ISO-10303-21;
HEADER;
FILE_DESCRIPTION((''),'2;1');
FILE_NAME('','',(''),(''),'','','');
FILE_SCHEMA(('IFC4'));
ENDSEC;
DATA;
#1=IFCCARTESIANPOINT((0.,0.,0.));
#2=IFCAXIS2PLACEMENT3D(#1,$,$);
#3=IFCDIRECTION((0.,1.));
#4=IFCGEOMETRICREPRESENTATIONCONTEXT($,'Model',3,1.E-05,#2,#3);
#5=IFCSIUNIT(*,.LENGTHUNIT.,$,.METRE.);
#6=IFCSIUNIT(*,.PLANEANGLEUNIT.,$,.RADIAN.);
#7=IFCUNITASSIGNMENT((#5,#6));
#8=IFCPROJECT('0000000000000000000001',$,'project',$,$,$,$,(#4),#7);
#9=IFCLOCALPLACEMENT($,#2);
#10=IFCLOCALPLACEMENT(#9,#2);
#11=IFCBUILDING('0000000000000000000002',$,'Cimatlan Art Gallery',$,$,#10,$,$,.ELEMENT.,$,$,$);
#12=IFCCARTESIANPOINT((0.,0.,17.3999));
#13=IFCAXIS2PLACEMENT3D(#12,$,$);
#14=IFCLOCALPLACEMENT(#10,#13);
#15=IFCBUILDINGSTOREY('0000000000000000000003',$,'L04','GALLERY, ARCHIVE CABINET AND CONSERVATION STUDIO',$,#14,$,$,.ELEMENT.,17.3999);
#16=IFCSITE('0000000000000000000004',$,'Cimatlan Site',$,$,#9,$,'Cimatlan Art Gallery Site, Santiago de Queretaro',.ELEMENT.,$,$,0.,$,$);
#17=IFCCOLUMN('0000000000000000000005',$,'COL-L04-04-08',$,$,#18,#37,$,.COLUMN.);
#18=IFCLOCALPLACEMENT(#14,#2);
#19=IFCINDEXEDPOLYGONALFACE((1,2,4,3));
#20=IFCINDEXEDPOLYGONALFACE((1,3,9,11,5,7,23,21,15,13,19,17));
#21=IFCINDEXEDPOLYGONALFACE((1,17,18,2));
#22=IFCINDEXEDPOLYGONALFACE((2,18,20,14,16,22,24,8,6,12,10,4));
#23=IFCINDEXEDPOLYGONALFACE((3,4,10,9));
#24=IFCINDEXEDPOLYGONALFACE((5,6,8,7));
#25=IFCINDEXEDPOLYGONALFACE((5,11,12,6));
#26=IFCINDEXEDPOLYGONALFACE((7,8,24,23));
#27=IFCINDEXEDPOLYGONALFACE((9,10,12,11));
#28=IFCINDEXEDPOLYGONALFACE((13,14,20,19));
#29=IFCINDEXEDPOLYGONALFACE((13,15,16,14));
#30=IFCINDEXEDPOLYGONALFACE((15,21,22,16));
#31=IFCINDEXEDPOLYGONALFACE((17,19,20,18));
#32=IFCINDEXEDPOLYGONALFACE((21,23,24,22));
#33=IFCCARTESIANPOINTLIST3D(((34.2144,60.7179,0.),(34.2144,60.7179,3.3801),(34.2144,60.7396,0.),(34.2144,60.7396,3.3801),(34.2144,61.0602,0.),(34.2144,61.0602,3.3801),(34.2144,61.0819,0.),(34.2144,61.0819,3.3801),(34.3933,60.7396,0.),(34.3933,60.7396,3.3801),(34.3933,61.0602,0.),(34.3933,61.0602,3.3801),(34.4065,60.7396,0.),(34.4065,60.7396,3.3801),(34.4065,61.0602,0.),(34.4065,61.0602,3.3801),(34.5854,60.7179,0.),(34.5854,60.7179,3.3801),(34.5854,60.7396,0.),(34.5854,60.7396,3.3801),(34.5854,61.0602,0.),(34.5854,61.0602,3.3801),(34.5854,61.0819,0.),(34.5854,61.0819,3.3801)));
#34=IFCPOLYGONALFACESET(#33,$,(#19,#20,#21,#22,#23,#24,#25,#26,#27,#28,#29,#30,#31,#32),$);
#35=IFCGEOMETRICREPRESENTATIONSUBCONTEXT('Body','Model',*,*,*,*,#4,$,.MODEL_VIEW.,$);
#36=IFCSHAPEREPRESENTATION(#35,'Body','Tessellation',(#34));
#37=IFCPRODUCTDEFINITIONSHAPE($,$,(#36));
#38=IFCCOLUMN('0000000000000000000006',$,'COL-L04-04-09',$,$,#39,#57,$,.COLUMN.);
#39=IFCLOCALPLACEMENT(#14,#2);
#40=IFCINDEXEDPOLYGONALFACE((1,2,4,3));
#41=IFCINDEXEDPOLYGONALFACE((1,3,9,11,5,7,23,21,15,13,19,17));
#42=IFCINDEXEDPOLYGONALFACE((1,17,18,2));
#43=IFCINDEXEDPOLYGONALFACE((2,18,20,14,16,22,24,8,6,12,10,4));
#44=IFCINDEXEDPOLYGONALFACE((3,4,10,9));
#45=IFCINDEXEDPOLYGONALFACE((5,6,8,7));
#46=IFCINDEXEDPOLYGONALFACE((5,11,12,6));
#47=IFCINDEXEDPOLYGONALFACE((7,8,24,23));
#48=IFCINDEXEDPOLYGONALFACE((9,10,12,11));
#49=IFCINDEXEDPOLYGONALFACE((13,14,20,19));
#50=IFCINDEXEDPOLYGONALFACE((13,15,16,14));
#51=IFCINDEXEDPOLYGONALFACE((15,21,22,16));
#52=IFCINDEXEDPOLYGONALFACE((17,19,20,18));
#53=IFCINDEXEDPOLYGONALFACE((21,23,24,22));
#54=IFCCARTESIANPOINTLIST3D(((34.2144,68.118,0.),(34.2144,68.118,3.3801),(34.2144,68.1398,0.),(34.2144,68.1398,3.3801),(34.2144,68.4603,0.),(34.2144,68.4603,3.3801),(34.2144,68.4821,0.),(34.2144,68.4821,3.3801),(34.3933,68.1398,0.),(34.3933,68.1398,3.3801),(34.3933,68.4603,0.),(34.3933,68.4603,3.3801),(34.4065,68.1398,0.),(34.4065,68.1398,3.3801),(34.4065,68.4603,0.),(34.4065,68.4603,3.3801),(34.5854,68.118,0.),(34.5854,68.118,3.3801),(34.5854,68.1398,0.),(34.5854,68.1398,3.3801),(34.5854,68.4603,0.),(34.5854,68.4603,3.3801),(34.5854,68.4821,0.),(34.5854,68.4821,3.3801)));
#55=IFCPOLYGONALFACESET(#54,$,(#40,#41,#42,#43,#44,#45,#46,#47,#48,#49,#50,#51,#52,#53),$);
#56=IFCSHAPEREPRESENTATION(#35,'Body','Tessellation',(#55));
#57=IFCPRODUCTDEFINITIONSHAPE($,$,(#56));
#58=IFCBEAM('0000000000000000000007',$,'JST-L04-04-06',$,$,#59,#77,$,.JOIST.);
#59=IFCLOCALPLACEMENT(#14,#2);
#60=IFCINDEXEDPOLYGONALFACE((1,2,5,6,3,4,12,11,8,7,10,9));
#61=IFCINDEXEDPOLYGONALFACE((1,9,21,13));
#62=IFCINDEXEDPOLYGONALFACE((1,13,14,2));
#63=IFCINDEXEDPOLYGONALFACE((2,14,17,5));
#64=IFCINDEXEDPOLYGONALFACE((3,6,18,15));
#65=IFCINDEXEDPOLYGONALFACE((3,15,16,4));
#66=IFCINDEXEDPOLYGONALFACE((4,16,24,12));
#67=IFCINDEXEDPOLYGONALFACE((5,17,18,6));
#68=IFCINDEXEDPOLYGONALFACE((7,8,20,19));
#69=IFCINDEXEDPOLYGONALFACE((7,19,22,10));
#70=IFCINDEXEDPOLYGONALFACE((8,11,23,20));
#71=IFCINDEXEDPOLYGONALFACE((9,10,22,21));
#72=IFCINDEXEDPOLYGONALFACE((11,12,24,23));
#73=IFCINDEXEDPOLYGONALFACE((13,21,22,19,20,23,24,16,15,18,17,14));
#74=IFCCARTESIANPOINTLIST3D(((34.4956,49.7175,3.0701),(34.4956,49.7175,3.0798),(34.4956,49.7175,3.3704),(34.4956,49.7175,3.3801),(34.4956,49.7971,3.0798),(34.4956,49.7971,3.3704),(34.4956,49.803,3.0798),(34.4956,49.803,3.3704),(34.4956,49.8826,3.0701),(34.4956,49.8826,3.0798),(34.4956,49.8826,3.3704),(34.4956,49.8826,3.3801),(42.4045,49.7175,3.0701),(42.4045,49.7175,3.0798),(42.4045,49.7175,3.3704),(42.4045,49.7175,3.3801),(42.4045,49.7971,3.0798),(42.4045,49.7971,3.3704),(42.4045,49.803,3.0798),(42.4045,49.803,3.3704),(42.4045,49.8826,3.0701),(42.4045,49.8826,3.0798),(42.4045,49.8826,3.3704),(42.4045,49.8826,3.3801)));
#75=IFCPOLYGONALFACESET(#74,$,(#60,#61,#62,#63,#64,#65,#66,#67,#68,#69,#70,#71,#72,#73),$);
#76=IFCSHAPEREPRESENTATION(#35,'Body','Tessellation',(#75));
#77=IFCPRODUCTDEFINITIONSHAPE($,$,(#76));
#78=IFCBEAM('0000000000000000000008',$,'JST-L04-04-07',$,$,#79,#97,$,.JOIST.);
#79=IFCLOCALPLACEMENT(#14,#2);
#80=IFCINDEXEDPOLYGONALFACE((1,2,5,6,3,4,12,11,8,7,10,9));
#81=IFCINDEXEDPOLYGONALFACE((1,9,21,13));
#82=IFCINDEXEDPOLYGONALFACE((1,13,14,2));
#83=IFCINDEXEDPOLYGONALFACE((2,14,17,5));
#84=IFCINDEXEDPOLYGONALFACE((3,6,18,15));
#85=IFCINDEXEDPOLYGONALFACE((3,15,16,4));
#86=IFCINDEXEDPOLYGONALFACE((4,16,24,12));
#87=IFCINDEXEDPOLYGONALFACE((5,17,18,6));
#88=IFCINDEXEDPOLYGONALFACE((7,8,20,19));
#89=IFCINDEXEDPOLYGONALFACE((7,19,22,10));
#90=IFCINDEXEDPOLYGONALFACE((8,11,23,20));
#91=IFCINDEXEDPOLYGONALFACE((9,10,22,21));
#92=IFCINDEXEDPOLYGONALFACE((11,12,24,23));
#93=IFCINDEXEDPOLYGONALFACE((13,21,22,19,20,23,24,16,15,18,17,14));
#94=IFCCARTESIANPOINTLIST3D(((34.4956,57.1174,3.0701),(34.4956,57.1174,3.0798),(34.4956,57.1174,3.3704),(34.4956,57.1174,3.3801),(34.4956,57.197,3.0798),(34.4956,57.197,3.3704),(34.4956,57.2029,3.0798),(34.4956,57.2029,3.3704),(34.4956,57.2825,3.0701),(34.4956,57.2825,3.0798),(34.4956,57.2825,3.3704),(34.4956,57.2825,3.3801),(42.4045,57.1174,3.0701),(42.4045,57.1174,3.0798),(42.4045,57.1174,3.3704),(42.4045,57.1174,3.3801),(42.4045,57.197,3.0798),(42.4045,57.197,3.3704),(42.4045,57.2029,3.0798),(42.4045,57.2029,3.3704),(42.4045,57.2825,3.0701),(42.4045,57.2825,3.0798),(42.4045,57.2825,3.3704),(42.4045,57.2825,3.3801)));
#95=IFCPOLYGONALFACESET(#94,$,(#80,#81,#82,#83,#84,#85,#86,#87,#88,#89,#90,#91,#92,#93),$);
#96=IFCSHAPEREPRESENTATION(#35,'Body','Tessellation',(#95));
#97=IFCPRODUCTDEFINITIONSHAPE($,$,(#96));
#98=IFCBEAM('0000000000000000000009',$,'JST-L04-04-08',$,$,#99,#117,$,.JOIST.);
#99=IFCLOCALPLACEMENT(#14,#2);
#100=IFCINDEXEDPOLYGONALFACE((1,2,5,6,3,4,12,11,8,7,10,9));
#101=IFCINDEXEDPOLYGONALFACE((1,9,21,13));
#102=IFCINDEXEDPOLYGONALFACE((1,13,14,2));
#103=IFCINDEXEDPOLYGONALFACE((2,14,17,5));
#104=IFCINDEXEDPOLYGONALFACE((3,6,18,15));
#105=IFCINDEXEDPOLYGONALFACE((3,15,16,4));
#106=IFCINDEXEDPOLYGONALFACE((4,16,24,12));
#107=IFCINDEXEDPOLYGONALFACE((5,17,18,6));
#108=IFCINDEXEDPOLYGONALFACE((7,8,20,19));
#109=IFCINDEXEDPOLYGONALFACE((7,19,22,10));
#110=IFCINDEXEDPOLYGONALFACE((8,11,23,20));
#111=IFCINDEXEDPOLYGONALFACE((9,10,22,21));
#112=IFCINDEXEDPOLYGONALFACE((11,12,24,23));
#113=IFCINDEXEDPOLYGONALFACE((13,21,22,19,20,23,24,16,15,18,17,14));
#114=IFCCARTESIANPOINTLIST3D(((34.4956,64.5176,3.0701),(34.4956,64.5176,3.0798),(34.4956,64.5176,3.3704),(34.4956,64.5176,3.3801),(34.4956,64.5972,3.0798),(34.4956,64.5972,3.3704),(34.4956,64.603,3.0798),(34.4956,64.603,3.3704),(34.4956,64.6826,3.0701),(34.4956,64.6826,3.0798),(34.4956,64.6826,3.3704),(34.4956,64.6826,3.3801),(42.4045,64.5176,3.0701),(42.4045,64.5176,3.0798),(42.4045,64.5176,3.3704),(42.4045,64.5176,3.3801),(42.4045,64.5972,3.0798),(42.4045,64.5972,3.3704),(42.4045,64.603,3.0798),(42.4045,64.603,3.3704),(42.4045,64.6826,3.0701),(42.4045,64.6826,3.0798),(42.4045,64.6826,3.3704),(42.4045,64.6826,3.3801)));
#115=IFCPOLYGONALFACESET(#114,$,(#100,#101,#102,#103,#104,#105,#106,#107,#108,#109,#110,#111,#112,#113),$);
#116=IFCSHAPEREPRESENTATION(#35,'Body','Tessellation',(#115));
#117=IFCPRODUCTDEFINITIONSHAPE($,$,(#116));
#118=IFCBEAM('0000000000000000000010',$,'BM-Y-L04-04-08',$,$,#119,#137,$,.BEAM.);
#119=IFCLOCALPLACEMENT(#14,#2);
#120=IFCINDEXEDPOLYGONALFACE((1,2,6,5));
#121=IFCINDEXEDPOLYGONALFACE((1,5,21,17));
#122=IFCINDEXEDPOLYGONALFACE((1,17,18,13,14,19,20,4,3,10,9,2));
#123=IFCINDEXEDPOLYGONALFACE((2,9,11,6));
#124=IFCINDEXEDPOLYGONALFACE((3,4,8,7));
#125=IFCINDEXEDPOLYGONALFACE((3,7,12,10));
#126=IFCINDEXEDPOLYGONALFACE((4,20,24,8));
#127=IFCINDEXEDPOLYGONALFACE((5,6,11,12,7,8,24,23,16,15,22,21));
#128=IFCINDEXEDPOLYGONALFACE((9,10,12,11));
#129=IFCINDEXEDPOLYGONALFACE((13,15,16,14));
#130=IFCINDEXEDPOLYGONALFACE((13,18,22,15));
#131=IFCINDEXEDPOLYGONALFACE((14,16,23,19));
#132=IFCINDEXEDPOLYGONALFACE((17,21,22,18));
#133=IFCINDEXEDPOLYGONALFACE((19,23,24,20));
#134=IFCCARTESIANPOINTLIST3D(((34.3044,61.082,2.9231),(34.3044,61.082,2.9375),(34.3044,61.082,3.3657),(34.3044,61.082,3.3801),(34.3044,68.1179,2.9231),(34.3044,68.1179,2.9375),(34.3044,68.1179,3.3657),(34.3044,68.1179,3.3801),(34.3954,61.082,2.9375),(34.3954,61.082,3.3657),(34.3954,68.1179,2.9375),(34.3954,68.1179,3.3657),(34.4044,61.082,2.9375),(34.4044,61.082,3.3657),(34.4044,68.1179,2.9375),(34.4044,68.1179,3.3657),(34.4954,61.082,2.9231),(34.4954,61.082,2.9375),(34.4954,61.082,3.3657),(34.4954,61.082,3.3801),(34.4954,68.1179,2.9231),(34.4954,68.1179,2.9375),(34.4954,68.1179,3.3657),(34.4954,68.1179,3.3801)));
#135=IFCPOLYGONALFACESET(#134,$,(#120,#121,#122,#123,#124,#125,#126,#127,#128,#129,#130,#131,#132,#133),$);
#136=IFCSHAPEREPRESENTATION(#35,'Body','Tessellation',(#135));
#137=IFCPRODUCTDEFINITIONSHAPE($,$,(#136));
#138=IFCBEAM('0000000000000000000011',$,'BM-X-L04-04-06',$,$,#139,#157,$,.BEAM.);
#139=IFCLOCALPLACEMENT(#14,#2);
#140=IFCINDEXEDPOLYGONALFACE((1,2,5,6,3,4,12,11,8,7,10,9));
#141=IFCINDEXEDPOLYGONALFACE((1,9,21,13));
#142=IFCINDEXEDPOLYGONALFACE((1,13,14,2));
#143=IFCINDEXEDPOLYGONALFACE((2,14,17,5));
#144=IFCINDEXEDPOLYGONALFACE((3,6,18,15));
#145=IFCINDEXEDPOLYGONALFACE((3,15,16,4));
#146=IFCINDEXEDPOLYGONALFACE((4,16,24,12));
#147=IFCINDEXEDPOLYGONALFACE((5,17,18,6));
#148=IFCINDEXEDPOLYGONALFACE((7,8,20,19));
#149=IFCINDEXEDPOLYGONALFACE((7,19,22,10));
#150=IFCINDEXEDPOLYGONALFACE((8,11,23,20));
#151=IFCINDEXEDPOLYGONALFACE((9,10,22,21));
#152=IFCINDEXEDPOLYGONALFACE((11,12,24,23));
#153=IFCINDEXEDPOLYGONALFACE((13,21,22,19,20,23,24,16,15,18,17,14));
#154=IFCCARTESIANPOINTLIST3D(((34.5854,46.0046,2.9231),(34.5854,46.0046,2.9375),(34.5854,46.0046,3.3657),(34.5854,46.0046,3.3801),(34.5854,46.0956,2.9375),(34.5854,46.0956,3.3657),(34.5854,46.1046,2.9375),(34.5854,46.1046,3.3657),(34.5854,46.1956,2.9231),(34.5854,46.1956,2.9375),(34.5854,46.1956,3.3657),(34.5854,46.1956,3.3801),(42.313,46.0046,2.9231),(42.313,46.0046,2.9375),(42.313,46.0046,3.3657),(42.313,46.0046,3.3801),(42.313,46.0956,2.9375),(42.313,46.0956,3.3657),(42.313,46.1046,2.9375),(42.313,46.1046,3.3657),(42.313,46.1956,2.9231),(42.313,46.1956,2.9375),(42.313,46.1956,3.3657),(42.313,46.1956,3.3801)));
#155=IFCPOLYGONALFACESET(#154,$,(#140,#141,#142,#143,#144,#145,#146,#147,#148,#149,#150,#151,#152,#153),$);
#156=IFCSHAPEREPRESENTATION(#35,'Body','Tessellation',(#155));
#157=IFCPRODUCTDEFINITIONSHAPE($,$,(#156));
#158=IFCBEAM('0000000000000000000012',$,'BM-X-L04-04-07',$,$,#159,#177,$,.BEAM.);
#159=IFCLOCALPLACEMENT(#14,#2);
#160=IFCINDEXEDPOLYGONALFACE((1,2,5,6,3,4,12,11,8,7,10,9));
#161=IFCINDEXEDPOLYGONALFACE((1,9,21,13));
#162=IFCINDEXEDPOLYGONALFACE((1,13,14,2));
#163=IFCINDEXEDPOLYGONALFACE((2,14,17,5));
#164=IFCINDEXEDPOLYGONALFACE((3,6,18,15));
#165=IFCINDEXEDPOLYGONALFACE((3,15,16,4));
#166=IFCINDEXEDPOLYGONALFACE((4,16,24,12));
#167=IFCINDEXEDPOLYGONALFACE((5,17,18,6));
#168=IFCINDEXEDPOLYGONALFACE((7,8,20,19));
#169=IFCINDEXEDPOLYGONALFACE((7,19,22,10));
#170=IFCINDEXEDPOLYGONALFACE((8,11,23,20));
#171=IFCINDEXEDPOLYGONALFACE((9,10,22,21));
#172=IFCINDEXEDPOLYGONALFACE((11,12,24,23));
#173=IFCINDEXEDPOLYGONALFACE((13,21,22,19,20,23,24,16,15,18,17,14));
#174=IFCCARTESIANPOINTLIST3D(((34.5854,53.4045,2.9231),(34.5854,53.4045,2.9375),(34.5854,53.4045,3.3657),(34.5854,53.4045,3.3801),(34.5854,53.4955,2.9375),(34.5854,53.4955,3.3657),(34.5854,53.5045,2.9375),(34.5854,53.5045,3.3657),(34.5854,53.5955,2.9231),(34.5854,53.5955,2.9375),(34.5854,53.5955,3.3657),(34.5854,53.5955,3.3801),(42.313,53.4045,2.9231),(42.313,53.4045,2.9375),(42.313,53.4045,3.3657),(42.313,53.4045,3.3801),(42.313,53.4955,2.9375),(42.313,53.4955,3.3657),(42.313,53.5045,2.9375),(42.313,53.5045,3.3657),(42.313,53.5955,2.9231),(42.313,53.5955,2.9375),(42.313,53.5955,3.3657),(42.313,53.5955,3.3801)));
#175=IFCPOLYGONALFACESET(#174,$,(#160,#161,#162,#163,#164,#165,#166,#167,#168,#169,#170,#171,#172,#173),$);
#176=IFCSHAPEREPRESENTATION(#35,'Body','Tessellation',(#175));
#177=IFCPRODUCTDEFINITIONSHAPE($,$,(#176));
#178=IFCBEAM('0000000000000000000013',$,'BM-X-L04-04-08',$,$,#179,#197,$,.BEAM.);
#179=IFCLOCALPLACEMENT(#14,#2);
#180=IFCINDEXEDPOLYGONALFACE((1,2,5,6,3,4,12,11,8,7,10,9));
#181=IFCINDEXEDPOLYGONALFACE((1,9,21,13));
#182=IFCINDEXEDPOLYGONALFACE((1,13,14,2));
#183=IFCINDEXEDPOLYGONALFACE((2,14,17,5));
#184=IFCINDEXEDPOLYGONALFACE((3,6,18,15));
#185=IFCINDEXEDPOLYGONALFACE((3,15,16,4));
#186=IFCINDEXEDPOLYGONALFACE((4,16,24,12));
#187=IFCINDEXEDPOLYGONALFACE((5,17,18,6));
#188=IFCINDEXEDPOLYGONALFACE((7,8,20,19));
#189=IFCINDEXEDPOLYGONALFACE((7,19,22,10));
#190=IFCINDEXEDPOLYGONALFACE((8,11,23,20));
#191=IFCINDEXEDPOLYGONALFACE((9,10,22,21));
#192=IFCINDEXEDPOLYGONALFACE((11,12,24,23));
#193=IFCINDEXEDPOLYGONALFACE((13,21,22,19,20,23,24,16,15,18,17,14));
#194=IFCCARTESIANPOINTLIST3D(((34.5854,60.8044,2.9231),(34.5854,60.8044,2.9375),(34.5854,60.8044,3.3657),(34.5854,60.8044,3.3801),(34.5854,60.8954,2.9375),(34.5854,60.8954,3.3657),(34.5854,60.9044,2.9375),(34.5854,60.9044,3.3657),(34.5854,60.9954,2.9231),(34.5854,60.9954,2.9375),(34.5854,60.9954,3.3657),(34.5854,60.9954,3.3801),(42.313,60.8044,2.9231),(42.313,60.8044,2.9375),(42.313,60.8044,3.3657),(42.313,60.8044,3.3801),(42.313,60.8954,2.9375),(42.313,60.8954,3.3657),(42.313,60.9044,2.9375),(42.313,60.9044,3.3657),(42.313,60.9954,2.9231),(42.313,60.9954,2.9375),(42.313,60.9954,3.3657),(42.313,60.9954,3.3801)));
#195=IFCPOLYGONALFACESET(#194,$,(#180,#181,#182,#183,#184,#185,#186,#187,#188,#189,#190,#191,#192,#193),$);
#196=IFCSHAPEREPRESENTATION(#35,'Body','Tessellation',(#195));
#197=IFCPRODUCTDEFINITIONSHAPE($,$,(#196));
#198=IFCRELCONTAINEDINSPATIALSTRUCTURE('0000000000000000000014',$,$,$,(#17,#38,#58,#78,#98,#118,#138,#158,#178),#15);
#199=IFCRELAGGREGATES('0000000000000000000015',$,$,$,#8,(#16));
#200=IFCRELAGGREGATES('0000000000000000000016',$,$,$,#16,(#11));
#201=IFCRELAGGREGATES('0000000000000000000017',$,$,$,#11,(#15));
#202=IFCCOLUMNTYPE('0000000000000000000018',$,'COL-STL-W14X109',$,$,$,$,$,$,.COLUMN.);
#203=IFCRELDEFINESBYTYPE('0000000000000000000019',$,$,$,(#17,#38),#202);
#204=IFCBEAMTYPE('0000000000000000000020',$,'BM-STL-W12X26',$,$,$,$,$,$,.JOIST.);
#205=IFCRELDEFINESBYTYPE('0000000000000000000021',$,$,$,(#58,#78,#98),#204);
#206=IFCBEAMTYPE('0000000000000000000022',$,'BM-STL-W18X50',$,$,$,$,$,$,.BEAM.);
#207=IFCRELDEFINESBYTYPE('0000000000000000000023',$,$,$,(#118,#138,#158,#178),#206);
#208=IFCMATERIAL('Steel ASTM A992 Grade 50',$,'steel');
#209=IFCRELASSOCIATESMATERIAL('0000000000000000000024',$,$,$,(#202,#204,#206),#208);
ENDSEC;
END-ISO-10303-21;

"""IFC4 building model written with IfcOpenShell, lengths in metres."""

from ifc_helpers import new_model, si_unit, direction, frame, origin, origin_2d, place, context, subcontext, project, spatial, i_section, extrude, material, material_profile, profile_set, type_object, element, save


model = new_model("IFC4")

# Units and contexts
model_context = context("Model", 3, precision=1e-05, world=origin(), true_north=direction((0.0, 1.0)))
body_context = subcontext(model_context, "Body", "Model", "MODEL_VIEW")
ifc_project = project(units=[si_unit("LENGTHUNIT", "METRE"), si_unit("PLANEANGLEUNIT", "RADIAN")], contexts=[model_context])

# Site, building, storey
site_placement = place(None, origin())
site = spatial("IfcSite", under=ifc_project, at=site_placement, Name="Cimatlan Site", LongName="Cimatlan Art Gallery Site, Santiago de Queretaro", CompositionType="ELEMENT", RefElevation=0.0)
building_placement = place(site_placement, origin())
building = spatial("IfcBuilding", under=site, at=building_placement, Name="Cimatlan Art Gallery", CompositionType="ELEMENT")
storey_placement = place(building_placement, frame((0.0, 0.0, 17.3999)))
storey = spatial("IfcBuildingStorey", under=building, at=storey_placement, Name="L04", Description="GALLERY, ARCHIVE CABINET AND CONSERVATION STUDIO", CompositionType="ELEMENT", Elevation=17.3999)

# Columns
ifc_material_1 = material(Name="Steel ASTM A992 Grade 50", Category="steel")
ifc_material_profile_1 = material_profile(ifc_material_1, i_section(OverallWidth=0.3711, OverallDepth=0.364, WebThickness=0.0132, FlangeThickness=0.0217, at=origin_2d()), Name="W14X109")
ifc_profile_set_1 = profile_set([ifc_material_profile_1], Name="Steel ASTM A992 Grade 50")
column_type = type_object("IfcColumnType", Name="COL-STL-W14X109", PredefinedType="COLUMN", material=ifc_profile_set_1)
for number, where, z_axis, x_axis, name in (
    (1, (34.3999, 60.8999, 0.0), (0.0, 0.0, 1.0), (1.0, 0.0, 0.0), "COL-L04-04-08"),
    (2, (34.3999, 68.3, 0.0), (0.0, 0.0, 1.0), (1.0, 0.0, 0.0), "COL-L04-04-09"),
):
    element("IfcColumn", number, at=place(storey_placement, frame(where, z_axis=z_axis, x_axis=x_axis)), inside=storey, type_object=column_type, Name=name, PredefinedType="COLUMN", context=body_context, shape_type="SweptSolid", body=[
        extrude(i_section(OverallWidth=0.3711, OverallDepth=0.364, WebThickness=0.0132, FlangeThickness=0.0217, at=origin_2d()), origin(), (0.0, 0.0, 1.0), 3.3801),
    ])

# Beams
ifc_material_profile_2 = material_profile(ifc_material_1, i_section(OverallWidth=0.165, OverallDepth=0.3101, WebThickness=0.0059, FlangeThickness=0.0098, at=origin_2d()), Name="W12X26")
ifc_profile_set_2 = profile_set([ifc_material_profile_2], Name="Steel ASTM A992 Grade 50")
beam_type_1 = type_object("IfcBeamType", Name="BM-STL-W12X26", PredefinedType="JOIST", material=ifc_profile_set_2)
for number, where, z_axis, x_axis, name in (
    (3, (34.4956, 49.8, 3.2251), (1.0, 0.0, 0.0), (0.0, 1.0, 0.0), "JST-L04-04-06"),
    (4, (34.4956, 57.2, 3.2251), (1.0, 0.0, 0.0), (0.0, 1.0, 0.0), "JST-L04-04-07"),
    (5, (34.4956, 64.6001, 3.2251), (1.0, 0.0, 0.0), (0.0, 1.0, 0.0), "JST-L04-04-08"),
):
    element("IfcBeam", number, at=place(storey_placement, frame(where, z_axis=z_axis, x_axis=x_axis)), inside=storey, type_object=beam_type_1, Name=name, PredefinedType="JOIST", context=body_context, shape_type="SweptSolid", body=[
        extrude(i_section(OverallWidth=0.165, OverallDepth=0.3101, WebThickness=0.0059, FlangeThickness=0.0098, at=origin_2d()), origin(), (0.0, 0.0, 1.0), 7.9089),
    ])
ifc_material_profile_3 = material_profile(ifc_material_1, i_section(OverallWidth=0.1909, OverallDepth=0.457, WebThickness=0.009, FlangeThickness=0.0144, at=origin_2d()), Name="W18X50")
ifc_profile_set_3 = profile_set([ifc_material_profile_3], Name="Steel ASTM A992 Grade 50")
beam_type_2 = type_object("IfcBeamType", Name="BM-STL-W18X50", PredefinedType="BEAM", material=ifc_profile_set_3)
beam_placement = place(storey_placement, frame((34.3999, 61.082, 3.1516), z_axis=(0.0, 1.0, 0.0), x_axis=(-1.0, 0.0, 0.0)))
element("IfcBeam", 6, at=beam_placement, inside=storey, type_object=beam_type_2, Name="BM-Y-L04-04-08", PredefinedType="BEAM", context=body_context, shape_type="SweptSolid", body=[
    extrude(i_section(OverallWidth=0.1909, OverallDepth=0.457, WebThickness=0.009, FlangeThickness=0.0144, at=origin_2d()), origin(), (0.0, 0.0, 1.0), 7.0359),
])
for number, where, z_axis, x_axis, name in (
    (7, (34.5854, 46.1001, 3.1516), (1.0, 0.0, 0.0), (0.0, 1.0, 0.0), "BM-X-L04-04-06"),
    (8, (34.5854, 53.5, 3.1516), (1.0, 0.0, 0.0), (0.0, 1.0, 0.0), "BM-X-L04-04-07"),
    (9, (34.5854, 60.8999, 3.1516), (1.0, 0.0, 0.0), (0.0, 1.0, 0.0), "BM-X-L04-04-08"),
):
    element("IfcBeam", number, at=place(storey_placement, frame(where, z_axis=z_axis, x_axis=x_axis)), inside=storey, type_object=beam_type_2, Name=name, PredefinedType="BEAM", context=body_context, shape_type="SweptSolid", body=[
        extrude(i_section(OverallWidth=0.1909, OverallDepth=0.457, WebThickness=0.009, FlangeThickness=0.0144, at=origin_2d()), origin(), (0.0, 0.0, 1.0), 7.7275),
    ])

save(model, "model.ifc")
